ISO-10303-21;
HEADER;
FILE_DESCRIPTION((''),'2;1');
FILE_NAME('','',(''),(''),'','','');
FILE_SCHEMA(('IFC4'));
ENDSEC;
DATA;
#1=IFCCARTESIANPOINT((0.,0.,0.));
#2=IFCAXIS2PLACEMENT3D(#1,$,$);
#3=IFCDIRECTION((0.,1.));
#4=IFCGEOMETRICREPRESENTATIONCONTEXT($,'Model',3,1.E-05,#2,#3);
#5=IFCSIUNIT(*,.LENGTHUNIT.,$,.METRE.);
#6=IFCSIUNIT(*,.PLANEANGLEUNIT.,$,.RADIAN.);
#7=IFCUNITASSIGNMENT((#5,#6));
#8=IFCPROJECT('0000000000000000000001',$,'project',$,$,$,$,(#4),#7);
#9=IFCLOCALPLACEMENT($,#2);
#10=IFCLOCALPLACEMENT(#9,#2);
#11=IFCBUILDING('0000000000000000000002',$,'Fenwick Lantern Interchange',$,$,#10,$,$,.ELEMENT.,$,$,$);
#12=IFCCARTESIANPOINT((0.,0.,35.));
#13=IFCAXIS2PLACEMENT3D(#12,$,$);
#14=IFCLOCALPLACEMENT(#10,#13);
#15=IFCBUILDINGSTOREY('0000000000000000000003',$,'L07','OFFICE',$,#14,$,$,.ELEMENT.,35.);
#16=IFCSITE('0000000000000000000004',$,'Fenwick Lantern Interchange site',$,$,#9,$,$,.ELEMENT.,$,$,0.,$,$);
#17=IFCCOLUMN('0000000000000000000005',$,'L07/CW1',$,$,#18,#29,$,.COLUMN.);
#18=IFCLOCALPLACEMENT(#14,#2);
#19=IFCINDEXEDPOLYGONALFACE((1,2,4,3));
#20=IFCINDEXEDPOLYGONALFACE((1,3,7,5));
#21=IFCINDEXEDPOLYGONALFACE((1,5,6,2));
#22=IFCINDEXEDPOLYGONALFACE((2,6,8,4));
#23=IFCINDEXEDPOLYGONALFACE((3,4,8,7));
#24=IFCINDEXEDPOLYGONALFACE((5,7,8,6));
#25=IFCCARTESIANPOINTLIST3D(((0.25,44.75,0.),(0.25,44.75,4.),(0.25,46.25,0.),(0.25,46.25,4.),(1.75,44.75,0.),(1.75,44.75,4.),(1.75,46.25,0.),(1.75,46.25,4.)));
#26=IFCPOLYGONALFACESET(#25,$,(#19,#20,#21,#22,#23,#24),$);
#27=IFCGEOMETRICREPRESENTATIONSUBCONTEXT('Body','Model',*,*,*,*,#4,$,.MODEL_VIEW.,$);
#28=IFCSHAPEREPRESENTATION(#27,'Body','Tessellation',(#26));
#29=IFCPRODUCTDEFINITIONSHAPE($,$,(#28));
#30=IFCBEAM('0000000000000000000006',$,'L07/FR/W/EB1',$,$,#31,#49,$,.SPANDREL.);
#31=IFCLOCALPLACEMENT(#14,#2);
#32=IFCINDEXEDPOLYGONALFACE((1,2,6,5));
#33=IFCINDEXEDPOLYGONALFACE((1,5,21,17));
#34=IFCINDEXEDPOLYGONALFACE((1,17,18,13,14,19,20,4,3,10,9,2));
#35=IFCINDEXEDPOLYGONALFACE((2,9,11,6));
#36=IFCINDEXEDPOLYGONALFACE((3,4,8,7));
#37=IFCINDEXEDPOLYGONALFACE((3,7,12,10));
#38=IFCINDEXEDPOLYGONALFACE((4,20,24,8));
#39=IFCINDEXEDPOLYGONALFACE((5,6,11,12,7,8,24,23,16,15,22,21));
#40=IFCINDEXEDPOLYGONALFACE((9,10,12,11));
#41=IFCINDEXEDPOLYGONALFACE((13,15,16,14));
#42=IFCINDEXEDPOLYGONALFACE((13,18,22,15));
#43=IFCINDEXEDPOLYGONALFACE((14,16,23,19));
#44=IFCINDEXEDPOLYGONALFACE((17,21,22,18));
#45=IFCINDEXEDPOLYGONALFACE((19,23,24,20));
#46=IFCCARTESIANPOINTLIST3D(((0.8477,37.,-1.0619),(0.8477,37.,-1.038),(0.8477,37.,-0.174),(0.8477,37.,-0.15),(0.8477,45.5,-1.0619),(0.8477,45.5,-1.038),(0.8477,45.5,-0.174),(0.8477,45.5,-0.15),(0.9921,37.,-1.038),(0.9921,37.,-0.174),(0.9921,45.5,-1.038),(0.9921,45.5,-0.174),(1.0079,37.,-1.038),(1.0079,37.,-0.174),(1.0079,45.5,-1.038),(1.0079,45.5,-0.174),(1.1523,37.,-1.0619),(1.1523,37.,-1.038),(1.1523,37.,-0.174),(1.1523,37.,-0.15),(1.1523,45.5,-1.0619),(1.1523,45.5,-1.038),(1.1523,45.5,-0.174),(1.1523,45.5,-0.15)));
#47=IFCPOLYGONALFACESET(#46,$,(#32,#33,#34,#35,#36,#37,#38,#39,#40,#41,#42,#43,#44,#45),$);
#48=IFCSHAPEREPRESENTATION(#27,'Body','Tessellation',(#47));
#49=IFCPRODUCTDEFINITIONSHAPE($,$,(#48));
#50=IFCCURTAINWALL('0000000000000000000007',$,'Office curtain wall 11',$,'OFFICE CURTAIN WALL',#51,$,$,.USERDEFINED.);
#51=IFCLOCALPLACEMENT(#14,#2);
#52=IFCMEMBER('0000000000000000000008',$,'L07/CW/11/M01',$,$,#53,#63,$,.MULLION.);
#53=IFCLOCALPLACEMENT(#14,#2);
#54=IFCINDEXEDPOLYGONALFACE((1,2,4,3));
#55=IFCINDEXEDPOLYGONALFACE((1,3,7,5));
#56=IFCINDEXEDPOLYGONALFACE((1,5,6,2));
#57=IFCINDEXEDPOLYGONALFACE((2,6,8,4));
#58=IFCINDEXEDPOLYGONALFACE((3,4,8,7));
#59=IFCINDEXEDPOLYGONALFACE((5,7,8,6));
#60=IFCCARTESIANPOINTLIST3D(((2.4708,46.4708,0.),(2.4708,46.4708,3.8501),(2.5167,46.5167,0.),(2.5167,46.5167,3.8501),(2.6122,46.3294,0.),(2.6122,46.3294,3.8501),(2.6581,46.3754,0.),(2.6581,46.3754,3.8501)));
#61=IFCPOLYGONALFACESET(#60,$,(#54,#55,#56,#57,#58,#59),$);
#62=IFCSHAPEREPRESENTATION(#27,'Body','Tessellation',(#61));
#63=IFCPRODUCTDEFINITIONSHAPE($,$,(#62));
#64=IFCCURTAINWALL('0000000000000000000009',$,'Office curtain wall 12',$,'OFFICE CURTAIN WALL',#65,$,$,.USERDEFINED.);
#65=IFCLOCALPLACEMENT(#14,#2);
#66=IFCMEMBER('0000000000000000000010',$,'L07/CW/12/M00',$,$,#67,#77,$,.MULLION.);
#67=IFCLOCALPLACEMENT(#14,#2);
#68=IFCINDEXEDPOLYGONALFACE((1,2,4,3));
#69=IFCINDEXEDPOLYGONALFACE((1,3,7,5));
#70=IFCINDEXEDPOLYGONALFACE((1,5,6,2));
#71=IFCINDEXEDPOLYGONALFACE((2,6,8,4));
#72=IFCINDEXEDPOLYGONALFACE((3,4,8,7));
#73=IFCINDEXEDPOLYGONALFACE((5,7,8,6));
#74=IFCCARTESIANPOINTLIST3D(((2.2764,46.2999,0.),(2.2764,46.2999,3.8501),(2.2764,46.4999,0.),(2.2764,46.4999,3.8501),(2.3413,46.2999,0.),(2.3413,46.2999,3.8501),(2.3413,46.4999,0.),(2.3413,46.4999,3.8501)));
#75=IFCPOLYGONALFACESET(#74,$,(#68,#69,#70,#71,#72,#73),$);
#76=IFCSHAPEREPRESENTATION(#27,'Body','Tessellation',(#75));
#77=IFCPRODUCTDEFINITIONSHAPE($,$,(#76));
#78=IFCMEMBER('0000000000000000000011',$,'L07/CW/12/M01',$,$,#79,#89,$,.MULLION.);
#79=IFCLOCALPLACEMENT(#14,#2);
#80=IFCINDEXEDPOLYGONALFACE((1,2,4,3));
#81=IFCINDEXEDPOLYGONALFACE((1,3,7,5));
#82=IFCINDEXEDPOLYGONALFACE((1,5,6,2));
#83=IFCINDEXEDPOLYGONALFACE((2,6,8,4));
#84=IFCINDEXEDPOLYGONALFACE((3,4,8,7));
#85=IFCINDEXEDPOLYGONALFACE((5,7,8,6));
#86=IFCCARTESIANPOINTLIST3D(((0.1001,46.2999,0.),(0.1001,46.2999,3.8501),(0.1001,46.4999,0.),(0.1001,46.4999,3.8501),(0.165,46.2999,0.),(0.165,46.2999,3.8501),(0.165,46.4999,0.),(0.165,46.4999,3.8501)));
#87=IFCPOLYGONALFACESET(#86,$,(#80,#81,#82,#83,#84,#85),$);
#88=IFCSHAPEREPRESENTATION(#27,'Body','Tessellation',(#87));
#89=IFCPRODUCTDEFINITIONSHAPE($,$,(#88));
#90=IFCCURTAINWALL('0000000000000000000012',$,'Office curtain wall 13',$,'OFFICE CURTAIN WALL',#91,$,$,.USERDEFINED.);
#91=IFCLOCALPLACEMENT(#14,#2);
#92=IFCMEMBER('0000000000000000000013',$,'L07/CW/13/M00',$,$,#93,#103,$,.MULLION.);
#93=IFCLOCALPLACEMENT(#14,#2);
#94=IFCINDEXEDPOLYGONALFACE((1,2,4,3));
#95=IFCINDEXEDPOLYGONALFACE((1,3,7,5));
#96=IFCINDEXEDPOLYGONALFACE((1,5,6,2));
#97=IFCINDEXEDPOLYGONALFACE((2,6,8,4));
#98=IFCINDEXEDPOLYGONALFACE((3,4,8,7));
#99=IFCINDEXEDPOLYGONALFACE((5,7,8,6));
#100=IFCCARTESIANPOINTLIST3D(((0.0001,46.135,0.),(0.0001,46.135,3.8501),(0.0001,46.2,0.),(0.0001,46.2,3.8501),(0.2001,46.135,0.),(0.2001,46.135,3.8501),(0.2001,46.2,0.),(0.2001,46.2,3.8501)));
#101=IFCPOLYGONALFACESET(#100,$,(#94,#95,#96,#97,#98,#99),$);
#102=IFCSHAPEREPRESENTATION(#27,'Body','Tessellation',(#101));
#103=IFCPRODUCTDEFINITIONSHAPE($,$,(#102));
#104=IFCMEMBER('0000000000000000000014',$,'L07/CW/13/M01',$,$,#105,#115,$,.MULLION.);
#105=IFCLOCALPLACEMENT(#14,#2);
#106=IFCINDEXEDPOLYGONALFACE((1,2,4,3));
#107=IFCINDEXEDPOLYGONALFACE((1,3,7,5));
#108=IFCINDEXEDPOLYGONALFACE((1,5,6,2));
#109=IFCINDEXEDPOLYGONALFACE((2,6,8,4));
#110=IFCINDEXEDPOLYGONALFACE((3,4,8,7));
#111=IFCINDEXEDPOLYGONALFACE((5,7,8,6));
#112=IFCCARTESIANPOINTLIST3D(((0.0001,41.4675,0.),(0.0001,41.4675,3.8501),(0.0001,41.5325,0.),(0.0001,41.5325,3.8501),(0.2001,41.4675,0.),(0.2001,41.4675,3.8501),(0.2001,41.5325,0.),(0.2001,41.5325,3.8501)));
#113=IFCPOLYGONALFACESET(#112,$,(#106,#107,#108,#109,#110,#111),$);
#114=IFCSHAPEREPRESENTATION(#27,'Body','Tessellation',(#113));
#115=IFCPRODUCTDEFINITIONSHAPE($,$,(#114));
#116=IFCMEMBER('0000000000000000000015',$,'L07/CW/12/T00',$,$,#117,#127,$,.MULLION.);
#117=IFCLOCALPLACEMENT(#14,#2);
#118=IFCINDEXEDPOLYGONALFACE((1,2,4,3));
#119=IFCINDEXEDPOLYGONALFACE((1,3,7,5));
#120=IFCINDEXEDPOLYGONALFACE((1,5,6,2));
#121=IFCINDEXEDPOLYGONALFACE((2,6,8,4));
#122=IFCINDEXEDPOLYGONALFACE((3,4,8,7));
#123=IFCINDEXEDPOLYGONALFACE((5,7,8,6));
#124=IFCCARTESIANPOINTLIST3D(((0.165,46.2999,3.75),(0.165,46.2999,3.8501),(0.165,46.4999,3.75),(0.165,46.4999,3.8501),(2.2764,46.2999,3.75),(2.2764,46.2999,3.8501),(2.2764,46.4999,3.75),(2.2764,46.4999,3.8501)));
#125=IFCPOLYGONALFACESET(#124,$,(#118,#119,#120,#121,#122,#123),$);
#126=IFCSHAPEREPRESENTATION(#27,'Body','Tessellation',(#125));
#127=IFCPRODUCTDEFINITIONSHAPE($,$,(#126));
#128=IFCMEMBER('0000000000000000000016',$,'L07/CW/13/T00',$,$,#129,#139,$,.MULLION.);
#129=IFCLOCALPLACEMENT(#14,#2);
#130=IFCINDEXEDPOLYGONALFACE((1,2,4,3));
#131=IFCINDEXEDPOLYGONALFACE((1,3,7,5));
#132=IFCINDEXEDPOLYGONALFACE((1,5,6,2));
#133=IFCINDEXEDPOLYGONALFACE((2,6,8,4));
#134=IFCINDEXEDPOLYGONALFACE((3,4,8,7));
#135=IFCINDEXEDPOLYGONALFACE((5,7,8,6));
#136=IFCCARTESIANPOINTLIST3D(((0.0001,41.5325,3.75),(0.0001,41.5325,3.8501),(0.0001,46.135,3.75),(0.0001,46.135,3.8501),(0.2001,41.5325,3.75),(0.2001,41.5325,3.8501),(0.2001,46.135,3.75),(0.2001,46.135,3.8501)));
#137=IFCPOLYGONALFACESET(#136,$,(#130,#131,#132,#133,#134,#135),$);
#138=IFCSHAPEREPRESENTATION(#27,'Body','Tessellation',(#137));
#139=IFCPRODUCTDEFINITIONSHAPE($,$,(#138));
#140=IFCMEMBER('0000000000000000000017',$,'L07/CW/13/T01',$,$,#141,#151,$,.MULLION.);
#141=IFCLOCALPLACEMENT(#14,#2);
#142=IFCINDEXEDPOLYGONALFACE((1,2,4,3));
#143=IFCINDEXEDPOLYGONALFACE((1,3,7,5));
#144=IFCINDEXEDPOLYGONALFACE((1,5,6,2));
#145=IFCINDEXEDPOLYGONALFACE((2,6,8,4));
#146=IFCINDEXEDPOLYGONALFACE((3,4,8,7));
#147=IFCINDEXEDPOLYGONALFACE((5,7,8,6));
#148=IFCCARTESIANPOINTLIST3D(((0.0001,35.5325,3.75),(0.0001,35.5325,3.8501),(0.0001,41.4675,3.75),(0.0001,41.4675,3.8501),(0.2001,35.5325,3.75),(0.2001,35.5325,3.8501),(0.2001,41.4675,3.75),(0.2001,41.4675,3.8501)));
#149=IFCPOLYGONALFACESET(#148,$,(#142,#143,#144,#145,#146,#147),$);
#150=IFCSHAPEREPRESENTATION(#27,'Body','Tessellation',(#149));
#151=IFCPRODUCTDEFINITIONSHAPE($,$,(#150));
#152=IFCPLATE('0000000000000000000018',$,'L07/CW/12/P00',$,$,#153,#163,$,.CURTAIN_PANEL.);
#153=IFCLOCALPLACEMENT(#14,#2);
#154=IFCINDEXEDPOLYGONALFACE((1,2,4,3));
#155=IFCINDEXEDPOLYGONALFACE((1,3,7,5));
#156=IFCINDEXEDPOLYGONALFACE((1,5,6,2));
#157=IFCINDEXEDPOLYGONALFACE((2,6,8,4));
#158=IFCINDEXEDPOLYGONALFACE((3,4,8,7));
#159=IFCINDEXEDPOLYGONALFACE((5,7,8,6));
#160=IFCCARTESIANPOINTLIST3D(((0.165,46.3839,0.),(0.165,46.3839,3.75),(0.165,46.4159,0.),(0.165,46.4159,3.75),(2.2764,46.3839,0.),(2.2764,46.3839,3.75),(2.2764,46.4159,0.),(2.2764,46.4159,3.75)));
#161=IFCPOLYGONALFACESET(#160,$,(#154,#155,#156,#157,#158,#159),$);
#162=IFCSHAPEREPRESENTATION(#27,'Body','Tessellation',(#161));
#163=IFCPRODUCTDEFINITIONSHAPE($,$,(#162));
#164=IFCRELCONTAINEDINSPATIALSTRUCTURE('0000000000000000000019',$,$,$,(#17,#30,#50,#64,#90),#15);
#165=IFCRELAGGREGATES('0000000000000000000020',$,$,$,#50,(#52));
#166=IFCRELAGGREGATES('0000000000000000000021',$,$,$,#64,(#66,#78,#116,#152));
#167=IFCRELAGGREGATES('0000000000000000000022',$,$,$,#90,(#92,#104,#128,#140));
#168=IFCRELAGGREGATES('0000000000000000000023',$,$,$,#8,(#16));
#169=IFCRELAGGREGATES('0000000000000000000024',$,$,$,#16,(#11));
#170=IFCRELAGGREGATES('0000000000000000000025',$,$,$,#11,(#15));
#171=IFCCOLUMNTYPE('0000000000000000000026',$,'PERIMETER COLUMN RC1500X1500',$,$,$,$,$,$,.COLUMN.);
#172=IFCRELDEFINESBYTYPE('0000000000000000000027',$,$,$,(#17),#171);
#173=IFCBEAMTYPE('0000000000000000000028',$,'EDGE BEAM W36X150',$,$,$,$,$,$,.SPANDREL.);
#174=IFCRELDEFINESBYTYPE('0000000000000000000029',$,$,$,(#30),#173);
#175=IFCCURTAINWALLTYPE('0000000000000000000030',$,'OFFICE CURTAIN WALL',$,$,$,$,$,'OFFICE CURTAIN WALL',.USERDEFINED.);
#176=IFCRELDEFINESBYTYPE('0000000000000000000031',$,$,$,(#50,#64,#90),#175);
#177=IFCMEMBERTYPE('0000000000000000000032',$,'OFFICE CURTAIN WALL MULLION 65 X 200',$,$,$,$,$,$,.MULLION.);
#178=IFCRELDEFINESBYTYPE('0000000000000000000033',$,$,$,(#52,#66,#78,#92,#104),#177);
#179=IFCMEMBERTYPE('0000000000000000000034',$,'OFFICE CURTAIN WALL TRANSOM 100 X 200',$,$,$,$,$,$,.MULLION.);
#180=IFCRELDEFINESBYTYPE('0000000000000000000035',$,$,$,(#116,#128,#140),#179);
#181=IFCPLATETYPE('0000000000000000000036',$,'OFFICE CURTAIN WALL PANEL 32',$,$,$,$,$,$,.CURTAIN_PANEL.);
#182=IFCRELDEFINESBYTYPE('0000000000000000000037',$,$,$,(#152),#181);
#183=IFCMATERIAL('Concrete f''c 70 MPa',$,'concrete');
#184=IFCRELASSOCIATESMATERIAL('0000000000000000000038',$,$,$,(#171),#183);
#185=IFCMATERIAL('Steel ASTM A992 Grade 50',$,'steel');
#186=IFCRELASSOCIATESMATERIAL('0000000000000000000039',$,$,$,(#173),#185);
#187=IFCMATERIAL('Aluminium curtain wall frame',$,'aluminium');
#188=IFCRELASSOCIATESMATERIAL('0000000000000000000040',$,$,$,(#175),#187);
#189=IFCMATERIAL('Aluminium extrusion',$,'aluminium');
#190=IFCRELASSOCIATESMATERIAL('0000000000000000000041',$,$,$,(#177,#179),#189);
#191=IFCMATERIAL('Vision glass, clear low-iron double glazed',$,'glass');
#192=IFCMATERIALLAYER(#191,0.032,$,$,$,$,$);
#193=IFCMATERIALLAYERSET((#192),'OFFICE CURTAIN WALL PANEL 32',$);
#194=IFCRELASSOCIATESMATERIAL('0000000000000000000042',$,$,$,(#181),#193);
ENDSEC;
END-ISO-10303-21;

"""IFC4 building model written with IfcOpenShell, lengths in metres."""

from ifc_helpers import new_model, si_unit, direction, frame, origin, origin_2d, place, context, subcontext, project, spatial, rectangle, i_section, extrude, material, layer, layer_set, material_profile, profile_set, type_object, element, aggregate, save


model = new_model("IFC4")

# Units and contexts
model_context = context("Model", 3, precision=1e-05, world=origin(), true_north=direction((0.0, 1.0)))
body_context = subcontext(model_context, "Body", "Model", "MODEL_VIEW")
ifc_project = project(units=[si_unit("LENGTHUNIT", "METRE"), si_unit("PLANEANGLEUNIT", "RADIAN")], contexts=[model_context])

# Site, building, storey
site_placement = place(None, origin())
site = spatial("IfcSite", under=ifc_project, at=site_placement, Name="Fenwick Lantern Interchange site", CompositionType="ELEMENT", RefElevation=0.0)
building_placement = place(site_placement, origin())
building = spatial("IfcBuilding", under=site, at=building_placement, Name="Fenwick Lantern Interchange", CompositionType="ELEMENT")
storey_placement = place(building_placement, frame((0.0, 0.0, 35.0)))
storey = spatial("IfcBuildingStorey", under=building, at=storey_placement, Name="L07", Description="OFFICE", CompositionType="ELEMENT", Elevation=35.0)

# Column
ifc_material_1 = material(Name="Concrete f'c 70 MPa", Category="concrete")
ifc_material_profile_1 = material_profile(ifc_material_1, rectangle(XDim=1.5, YDim=1.5, at=origin_2d()), Name="RC1500X1500")
ifc_profile_set_1 = profile_set([ifc_material_profile_1], Name="Concrete f'c 70 MPa")
column_type = type_object("IfcColumnType", Name="PERIMETER COLUMN RC1500X1500", PredefinedType="COLUMN", material=ifc_profile_set_1)
column_placement = place(storey_placement, frame((1.0, 45.5, 0.0), z_axis=(0.0, 0.0, 1.0), x_axis=(1.0, 0.0, 0.0)))
element("IfcColumn", 1, at=column_placement, inside=storey, type_object=column_type, Name="L07/CW1", PredefinedType="COLUMN", context=body_context, shape_type="SweptSolid", body=[
    extrude(rectangle(XDim=1.5, YDim=1.5, at=origin_2d()), origin(), (0.0, 0.0, 1.0), 4.0),
])

# Beam
ifc_material_2 = material(Name="Steel ASTM A992 Grade 50", Category="steel")
ifc_material_profile_2 = material_profile(ifc_material_2, i_section(OverallWidth=0.3047, OverallDepth=0.9119, WebThickness=0.0159, FlangeThickness=0.0239, at=origin_2d()), Name="W36X150")
ifc_profile_set_2 = profile_set([ifc_material_profile_2], Name="Steel ASTM A992 Grade 50")
beam_type = type_object("IfcBeamType", Name="EDGE BEAM W36X150", PredefinedType="SPANDREL", material=ifc_profile_set_2)
beam_placement = place(storey_placement, frame((1.0, 45.5, -0.606), z_axis=(0.0, -1.0, 0.0), x_axis=(1.0, 0.0, 0.0)))
element("IfcBeam", 2, at=beam_placement, inside=storey, type_object=beam_type, Name="L07/FR/W/EB1", PredefinedType="SPANDREL", context=body_context, shape_type="SweptSolid", body=[
    extrude(i_section(OverallWidth=0.3047, OverallDepth=0.9119, WebThickness=0.0159, FlangeThickness=0.0239, at=origin_2d()), origin(), (0.0, 0.0, 1.0), 8.5),
])

# Curtain wall, member
ifc_material_3 = material(Name="Aluminium curtain wall frame", Category="aluminium")
curtain_wall_type = type_object("IfcCurtainWallType", Name="OFFICE CURTAIN WALL", ElementType="OFFICE CURTAIN WALL", PredefinedType="USERDEFINED", material=ifc_material_3)
curtain_wall_1_placement = place(storey_placement, origin())
curtain_wall_1 = element("IfcCurtainWall", 3, at=curtain_wall_1_placement, inside=storey, type_object=curtain_wall_type, Name="Office curtain wall 11", ObjectType="OFFICE CURTAIN WALL", PredefinedType="USERDEFINED")
ifc_material_4 = material(Name="Aluminium extrusion", Category="aluminium")
ifc_material_profile_3 = material_profile(ifc_material_4, rectangle(XDim=0.2, YDim=0.0649, at=origin_2d()), Name="OFFICE CURTAIN WALL MULLION 65 X 200")
ifc_profile_set_3 = profile_set([ifc_material_profile_3], Name="Aluminium extrusion")
member_type_1 = type_object("IfcMemberType", Name="OFFICE CURTAIN WALL MULLION 65 X 200", PredefinedType="MULLION", material=ifc_profile_set_3)
member_1_placement = place(storey_placement, frame((2.5645, 46.4231, 0.0), z_axis=(0.0, 0.0, 1.0), x_axis=(0.707107, -0.707107, 0.0)))
member_1 = element("IfcMember", 4, at=member_1_placement, type_object=member_type_1, Name="L07/CW/11/M01", PredefinedType="MULLION", context=body_context, shape_type="SweptSolid", body=[
    extrude(rectangle(XDim=0.2, YDim=0.0649, at=origin_2d()), origin(), (0.0, 0.0, 1.0), 3.8501),
])
aggregate(curtain_wall_1, [member_1])

# Curtain walls, members
curtain_wall_2_placement = place(storey_placement, origin())
curtain_wall_2 = element("IfcCurtainWall", 5, at=curtain_wall_2_placement, inside=storey, type_object=curtain_wall_type, Name="Office curtain wall 12", ObjectType="OFFICE CURTAIN WALL", PredefinedType="USERDEFINED")
member_2_placement = place(storey_placement, frame((2.3088, 46.3999, 0.0), z_axis=(0.0, 0.0, 1.0), x_axis=(0.0, -1.0, 0.0)))
member_2 = element("IfcMember", 6, at=member_2_placement, type_object=member_type_1, Name="L07/CW/12/M00", PredefinedType="MULLION", context=body_context, shape_type="SweptSolid", body=[
    extrude(rectangle(XDim=0.2, YDim=0.0649, at=origin_2d()), origin(), (0.0, 0.0, 1.0), 3.8501),
])
member_3_placement = place(storey_placement, frame((0.1326, 46.3999, 0.0), z_axis=(0.0, 0.0, 1.0), x_axis=(0.0, -1.0, 0.0)))
member_3 = element("IfcMember", 7, at=member_3_placement, type_object=member_type_1, Name="L07/CW/12/M01", PredefinedType="MULLION", context=body_context, shape_type="SweptSolid", body=[
    extrude(rectangle(XDim=0.2, YDim=0.0649, at=origin_2d()), origin(), (0.0, 0.0, 1.0), 3.8501),
])
curtain_wall_3_placement = place(storey_placement, origin())
curtain_wall_3 = element("IfcCurtainWall", 8, at=curtain_wall_3_placement, inside=storey, type_object=curtain_wall_type, Name="Office curtain wall 13", ObjectType="OFFICE CURTAIN WALL", PredefinedType="USERDEFINED")
member_4_placement = place(storey_placement, frame((0.1001, 46.1675, 0.0), z_axis=(0.0, 0.0, 1.0), x_axis=(1.0, 0.0, 0.0)))
member_4 = element("IfcMember", 9, at=member_4_placement, type_object=member_type_1, Name="L07/CW/13/M00", PredefinedType="MULLION", context=body_context, shape_type="SweptSolid", body=[
    extrude(rectangle(XDim=0.2, YDim=0.0649, at=origin_2d()), origin(), (0.0, 0.0, 1.0), 3.8501),
])
member_5_placement = place(storey_placement, frame((0.1001, 41.5, 0.0), z_axis=(0.0, 0.0, 1.0), x_axis=(1.0, 0.0, 0.0)))
member_5 = element("IfcMember", 10, at=member_5_placement, type_object=member_type_1, Name="L07/CW/13/M01", PredefinedType="MULLION", context=body_context, shape_type="SweptSolid", body=[
    extrude(rectangle(XDim=0.2, YDim=0.0649, at=origin_2d()), origin(), (0.0, 0.0, 1.0), 3.8501),
])

# Members
ifc_material_profile_4 = material_profile(ifc_material_4, rectangle(XDim=0.2, YDim=0.1001, at=origin_2d()), Name="OFFICE CURTAIN WALL TRANSOM 100 X 200")
ifc_profile_set_4 = profile_set([ifc_material_profile_4], Name="Aluminium extrusion")
member_type_2 = type_object("IfcMemberType", Name="OFFICE CURTAIN WALL TRANSOM 100 X 200", PredefinedType="MULLION", material=ifc_profile_set_4)
member_6_placement = place(storey_placement, frame((2.2764, 46.3999, 3.8), z_axis=(-1.0, 0.0, 0.0), x_axis=(0.0, -1.0, 0.0)))
member_6 = element("IfcMember", 11, at=member_6_placement, type_object=member_type_2, Name="L07/CW/12/T00", PredefinedType="MULLION", context=body_context, shape_type="SweptSolid", body=[
    extrude(rectangle(XDim=0.2, YDim=0.1001, at=origin_2d()), origin(), (0.0, 0.0, 1.0), 2.1113),
])
member_7_placement = place(storey_placement, frame((0.1001, 46.135, 3.8), z_axis=(0.0, -1.0, 0.0), x_axis=(1.0, 0.0, 0.0)))
member_7 = element("IfcMember", 12, at=member_7_placement, type_object=member_type_2, Name="L07/CW/13/T00", PredefinedType="MULLION", context=body_context, shape_type="SweptSolid", body=[
    extrude(rectangle(XDim=0.2, YDim=0.1001, at=origin_2d()), origin(), (0.0, 0.0, 1.0), 4.6025),
])
member_8_placement = place(storey_placement, frame((0.1001, 41.4675, 3.8), z_axis=(0.0, -1.0, 0.0), x_axis=(1.0, 0.0, 0.0)))
member_8 = element("IfcMember", 13, at=member_8_placement, type_object=member_type_2, Name="L07/CW/13/T01", PredefinedType="MULLION", context=body_context, shape_type="SweptSolid", body=[
    extrude(rectangle(XDim=0.2, YDim=0.1001, at=origin_2d()), origin(), (0.0, 0.0, 1.0), 5.9351),
])

# Plate
ifc_material_5 = material(Name="Vision glass, clear low-iron double glazed", Category="glass")
ifc_layer_1 = layer(ifc_material_5, 0.032)
ifc_layer_set_1 = layer_set([ifc_layer_1], Name="OFFICE CURTAIN WALL PANEL 32")
plate_type = type_object("IfcPlateType", Name="OFFICE CURTAIN WALL PANEL 32", PredefinedType="CURTAIN_PANEL", material=ifc_layer_set_1)
plate_1_placement = place(storey_placement, frame((1.2207, 46.3999, 0.0), z_axis=(0.0, 0.0, 1.0), x_axis=(-1.0, 0.0, 0.0)))
plate_1 = element("IfcPlate", 14, at=plate_1_placement, type_object=plate_type, Name="L07/CW/12/P00", PredefinedType="CURTAIN_PANEL", context=body_context, shape_type="SweptSolid", body=[
    extrude(rectangle(XDim=2.1113, YDim=0.032, at=origin_2d()), origin(), (0.0, 0.0, 1.0), 3.75),
])
aggregate(curtain_wall_2, [member_2, member_3, member_6, plate_1])
aggregate(curtain_wall_3, [member_4, member_5, member_7, member_8])

save(model, "model.ifc")
